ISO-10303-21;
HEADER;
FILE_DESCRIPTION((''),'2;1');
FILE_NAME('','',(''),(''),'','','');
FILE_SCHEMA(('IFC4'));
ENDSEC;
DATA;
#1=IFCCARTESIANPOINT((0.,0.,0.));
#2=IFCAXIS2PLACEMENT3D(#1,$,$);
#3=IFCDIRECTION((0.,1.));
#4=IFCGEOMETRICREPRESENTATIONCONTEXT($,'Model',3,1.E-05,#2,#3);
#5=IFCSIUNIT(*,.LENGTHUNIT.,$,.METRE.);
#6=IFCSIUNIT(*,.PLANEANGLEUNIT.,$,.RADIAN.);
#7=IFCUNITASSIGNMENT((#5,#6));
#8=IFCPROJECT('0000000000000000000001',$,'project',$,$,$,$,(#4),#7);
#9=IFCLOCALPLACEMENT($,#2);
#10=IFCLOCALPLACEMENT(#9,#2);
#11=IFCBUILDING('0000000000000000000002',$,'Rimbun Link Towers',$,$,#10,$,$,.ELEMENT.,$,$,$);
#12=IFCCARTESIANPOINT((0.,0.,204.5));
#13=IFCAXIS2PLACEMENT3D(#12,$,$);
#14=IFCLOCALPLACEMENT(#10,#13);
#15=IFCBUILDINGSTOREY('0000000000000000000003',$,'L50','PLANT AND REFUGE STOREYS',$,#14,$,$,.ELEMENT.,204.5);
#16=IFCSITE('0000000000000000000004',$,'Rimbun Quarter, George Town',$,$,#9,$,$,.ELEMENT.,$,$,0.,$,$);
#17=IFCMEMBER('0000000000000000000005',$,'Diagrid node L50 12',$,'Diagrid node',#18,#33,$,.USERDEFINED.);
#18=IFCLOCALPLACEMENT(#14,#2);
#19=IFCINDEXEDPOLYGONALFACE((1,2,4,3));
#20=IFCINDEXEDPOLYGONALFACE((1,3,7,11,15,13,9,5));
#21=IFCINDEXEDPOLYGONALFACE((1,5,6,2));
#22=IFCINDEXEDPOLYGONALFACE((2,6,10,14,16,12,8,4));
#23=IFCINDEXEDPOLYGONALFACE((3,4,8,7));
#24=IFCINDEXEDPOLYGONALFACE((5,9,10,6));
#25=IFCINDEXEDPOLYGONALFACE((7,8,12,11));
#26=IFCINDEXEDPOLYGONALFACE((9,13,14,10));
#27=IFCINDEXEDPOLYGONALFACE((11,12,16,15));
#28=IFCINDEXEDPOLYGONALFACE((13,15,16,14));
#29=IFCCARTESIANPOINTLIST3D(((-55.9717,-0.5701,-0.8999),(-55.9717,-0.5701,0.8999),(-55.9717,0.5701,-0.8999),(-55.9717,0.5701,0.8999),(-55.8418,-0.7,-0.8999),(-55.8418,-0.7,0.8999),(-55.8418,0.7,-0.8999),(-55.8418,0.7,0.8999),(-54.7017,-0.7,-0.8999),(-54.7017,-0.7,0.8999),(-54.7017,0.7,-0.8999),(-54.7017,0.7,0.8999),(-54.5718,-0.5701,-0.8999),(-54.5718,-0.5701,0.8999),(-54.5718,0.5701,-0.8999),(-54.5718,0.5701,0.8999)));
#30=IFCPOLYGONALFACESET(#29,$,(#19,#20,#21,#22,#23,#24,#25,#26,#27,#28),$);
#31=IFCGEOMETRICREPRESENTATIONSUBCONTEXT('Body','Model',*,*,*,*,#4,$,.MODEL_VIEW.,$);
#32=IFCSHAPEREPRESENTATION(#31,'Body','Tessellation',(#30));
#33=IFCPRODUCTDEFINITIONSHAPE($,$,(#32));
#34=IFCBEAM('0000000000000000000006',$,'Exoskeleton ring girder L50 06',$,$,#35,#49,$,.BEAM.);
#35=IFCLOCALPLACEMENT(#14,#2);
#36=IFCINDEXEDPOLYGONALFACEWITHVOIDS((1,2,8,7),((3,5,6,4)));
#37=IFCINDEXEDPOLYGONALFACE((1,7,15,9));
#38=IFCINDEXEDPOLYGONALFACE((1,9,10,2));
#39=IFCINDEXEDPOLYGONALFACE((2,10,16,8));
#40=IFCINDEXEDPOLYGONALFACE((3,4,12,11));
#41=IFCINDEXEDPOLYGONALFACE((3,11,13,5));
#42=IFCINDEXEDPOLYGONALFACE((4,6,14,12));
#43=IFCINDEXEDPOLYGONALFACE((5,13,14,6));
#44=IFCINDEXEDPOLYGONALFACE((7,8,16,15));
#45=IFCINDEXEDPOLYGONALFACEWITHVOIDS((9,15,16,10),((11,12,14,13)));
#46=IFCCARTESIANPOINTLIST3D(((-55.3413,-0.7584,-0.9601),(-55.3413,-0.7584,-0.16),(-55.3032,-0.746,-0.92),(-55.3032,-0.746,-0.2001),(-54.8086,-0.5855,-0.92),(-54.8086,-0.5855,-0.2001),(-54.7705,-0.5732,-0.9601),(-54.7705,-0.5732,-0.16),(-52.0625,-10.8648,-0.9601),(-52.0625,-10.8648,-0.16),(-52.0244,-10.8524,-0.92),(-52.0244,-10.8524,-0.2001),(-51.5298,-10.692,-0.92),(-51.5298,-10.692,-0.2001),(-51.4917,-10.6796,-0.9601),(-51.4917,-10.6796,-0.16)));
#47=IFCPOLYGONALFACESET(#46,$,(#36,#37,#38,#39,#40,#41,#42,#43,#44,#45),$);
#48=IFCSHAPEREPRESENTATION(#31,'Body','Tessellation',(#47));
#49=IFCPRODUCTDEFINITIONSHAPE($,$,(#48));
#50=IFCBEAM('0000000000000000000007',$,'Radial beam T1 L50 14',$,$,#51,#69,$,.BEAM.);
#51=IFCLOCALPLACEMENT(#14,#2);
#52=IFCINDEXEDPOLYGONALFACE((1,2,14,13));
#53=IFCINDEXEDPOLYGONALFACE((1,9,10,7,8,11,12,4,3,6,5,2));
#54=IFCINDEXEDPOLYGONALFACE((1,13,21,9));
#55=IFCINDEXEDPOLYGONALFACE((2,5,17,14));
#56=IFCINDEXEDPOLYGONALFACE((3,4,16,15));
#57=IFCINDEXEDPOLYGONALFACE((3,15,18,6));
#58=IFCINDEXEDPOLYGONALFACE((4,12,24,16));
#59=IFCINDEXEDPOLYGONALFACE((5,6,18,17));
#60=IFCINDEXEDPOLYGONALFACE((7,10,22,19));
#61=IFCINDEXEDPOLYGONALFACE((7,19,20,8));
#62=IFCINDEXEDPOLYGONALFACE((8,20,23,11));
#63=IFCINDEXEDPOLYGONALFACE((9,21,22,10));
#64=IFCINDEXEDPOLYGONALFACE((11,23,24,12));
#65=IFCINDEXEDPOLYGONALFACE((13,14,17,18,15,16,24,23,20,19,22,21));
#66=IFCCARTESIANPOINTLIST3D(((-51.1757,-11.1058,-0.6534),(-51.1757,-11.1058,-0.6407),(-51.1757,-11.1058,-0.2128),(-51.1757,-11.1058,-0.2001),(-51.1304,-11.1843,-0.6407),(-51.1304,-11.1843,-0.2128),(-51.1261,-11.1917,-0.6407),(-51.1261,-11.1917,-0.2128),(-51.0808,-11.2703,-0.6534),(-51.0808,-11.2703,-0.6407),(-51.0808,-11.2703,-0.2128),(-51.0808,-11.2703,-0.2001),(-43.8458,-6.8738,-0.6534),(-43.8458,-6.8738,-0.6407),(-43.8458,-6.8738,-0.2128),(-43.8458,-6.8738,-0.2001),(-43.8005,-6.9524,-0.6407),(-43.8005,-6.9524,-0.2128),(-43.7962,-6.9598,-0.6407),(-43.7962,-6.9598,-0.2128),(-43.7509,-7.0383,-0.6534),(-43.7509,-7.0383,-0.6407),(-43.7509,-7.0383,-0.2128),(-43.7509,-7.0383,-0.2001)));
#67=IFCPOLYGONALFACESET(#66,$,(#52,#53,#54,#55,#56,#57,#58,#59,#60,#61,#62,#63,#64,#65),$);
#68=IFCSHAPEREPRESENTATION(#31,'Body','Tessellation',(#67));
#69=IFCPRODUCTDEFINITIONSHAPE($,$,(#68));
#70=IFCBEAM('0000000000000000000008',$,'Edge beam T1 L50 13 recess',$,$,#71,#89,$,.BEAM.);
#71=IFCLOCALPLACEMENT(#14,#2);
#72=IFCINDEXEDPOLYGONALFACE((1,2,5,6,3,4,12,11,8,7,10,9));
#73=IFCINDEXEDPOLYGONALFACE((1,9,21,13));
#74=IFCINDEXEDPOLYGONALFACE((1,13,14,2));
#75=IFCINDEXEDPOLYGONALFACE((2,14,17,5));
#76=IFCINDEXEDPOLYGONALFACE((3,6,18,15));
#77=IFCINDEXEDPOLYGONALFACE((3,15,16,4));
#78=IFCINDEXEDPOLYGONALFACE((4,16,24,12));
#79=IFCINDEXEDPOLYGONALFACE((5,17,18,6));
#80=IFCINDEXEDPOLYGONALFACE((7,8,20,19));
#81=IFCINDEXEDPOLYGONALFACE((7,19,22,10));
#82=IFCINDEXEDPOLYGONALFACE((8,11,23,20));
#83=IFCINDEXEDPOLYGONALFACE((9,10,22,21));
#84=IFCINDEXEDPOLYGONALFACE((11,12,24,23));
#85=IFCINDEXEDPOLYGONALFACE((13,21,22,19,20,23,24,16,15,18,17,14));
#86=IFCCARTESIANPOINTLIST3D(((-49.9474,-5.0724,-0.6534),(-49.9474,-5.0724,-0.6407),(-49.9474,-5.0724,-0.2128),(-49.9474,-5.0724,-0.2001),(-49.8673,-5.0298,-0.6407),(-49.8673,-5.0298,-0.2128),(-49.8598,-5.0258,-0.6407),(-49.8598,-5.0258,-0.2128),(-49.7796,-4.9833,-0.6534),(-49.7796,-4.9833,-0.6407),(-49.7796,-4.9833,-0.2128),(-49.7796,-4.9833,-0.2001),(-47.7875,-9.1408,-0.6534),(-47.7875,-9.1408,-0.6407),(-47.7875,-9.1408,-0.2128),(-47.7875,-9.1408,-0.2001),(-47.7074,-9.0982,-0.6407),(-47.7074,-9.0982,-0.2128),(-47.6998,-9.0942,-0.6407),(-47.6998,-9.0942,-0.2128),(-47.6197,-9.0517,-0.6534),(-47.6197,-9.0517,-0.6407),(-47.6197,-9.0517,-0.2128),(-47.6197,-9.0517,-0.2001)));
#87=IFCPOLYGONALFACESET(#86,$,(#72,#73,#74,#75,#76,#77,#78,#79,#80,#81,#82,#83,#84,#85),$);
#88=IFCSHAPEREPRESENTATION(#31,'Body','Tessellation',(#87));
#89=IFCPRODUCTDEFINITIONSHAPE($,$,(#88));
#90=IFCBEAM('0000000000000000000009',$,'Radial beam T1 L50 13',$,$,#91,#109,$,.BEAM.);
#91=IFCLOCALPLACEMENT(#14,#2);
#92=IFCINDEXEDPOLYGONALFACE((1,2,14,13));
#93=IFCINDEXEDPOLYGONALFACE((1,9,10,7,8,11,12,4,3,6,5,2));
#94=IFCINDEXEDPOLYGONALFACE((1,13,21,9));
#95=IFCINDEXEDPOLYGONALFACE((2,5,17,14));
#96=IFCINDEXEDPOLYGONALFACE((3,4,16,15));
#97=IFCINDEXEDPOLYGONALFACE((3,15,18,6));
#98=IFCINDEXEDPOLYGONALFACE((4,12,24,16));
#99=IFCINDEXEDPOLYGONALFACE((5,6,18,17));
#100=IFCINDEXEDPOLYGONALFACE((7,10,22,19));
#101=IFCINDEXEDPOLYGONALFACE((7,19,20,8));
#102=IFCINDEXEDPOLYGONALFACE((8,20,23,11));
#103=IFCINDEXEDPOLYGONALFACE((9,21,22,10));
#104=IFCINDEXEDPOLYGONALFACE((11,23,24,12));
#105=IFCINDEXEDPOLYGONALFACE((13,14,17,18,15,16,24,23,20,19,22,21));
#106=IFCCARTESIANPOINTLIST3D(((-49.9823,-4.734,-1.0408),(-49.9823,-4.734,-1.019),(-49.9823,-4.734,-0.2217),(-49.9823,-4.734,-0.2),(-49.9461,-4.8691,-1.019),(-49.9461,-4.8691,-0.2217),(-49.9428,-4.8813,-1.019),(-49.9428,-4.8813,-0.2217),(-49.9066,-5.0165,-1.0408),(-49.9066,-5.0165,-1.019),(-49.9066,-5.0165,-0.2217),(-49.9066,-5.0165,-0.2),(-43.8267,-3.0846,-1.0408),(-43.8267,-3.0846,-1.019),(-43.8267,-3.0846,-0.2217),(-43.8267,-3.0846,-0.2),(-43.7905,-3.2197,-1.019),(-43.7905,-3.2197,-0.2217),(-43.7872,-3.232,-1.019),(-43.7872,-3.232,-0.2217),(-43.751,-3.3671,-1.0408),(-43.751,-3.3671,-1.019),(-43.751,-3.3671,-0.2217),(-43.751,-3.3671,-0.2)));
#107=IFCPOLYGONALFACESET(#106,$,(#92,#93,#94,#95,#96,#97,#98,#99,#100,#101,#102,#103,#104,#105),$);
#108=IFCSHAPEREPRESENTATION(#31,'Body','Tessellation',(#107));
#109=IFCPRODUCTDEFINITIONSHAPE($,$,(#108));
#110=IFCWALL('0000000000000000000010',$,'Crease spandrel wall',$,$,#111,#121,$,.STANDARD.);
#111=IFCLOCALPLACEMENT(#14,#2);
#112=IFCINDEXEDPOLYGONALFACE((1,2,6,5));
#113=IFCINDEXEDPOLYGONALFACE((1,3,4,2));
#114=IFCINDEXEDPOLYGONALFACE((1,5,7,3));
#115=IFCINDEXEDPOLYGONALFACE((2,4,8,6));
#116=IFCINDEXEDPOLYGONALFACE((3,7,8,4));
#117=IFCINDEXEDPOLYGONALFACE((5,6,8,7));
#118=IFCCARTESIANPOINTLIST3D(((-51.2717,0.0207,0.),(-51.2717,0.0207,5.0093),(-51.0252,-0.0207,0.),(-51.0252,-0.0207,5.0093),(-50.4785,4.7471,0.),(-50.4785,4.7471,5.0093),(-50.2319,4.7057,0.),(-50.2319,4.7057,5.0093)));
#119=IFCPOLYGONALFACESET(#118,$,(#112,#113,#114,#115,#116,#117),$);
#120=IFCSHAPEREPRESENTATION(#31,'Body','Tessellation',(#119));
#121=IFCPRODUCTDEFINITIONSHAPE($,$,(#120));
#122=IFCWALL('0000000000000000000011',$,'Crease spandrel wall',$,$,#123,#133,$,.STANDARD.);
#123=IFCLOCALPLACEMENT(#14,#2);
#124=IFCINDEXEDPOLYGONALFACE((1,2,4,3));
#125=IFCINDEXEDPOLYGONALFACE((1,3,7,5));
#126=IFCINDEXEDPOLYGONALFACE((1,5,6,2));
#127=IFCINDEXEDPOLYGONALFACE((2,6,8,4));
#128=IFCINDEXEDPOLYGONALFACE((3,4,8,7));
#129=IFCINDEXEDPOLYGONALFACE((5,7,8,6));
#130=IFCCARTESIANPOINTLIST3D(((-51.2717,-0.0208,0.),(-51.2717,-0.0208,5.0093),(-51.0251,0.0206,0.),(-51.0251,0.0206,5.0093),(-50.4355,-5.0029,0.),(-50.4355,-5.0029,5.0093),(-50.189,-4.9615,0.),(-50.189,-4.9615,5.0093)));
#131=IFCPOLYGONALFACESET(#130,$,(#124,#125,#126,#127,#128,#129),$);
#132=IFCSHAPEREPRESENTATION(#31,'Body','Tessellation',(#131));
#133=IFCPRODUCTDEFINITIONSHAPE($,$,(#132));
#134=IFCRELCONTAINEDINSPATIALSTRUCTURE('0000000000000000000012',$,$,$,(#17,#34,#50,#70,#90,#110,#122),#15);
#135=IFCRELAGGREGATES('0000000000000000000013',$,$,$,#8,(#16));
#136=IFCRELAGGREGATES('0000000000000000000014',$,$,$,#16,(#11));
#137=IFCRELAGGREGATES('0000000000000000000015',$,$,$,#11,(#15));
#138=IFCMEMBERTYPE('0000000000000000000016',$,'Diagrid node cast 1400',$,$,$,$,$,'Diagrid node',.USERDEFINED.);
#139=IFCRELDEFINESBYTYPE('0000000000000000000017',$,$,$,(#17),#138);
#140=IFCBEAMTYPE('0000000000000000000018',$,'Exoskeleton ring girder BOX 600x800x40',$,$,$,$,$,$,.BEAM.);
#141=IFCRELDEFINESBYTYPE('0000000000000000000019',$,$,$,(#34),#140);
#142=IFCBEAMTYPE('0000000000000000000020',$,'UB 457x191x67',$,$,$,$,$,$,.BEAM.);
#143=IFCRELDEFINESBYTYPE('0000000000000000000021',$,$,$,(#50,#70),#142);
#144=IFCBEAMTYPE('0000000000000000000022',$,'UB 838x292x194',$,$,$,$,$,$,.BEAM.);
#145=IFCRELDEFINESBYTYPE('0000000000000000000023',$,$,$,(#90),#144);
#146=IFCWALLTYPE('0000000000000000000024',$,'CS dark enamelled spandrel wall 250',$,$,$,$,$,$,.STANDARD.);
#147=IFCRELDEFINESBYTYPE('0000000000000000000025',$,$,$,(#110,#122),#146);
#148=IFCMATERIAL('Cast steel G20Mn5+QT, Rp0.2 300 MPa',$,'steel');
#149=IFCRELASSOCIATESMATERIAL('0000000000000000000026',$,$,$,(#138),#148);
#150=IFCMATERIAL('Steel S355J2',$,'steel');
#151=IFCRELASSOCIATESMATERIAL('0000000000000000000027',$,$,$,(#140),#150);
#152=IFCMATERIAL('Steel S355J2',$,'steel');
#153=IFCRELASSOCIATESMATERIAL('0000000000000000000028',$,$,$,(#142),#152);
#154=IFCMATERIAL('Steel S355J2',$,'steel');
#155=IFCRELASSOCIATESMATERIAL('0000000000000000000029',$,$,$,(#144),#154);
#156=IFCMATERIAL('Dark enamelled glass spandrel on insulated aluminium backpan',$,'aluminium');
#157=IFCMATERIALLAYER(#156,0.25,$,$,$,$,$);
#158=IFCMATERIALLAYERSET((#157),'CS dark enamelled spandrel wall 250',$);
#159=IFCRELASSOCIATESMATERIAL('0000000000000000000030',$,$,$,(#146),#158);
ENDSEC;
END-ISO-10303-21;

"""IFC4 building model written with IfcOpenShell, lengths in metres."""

from ifc_helpers import new_model, si_unit, direction, frame, frame_2d, origin, origin_2d, place, context, subcontext, project, spatial, polyline, rectangle, hollow_rectangle, i_section, outline, extrude, material, layer, layer_set, material_profile, profile_set, type_object, element, save


model = new_model("IFC4")

# Units and contexts
model_context = context("Model", 3, precision=1e-05, world=origin(), true_north=direction((0.0, 1.0)))
body_context = subcontext(model_context, "Body", "Model", "MODEL_VIEW")
ifc_project = project(units=[si_unit("LENGTHUNIT", "METRE"), si_unit("PLANEANGLEUNIT", "RADIAN")], contexts=[model_context])

# Site, building, storey
site_placement = place(None, origin())
site = spatial("IfcSite", under=ifc_project, at=site_placement, Name="Rimbun Quarter, George Town", CompositionType="ELEMENT", RefElevation=0.0)
building_placement = place(site_placement, origin())
building = spatial("IfcBuilding", under=site, at=building_placement, Name="Rimbun Link Towers", CompositionType="ELEMENT")
storey_placement = place(building_placement, frame((0.0, 0.0, 204.5)))
storey = spatial("IfcBuildingStorey", under=building, at=storey_placement, Name="L50", Description="PLANT AND REFUGE STOREYS", CompositionType="ELEMENT", Elevation=204.5)

# Member
ifc_material_1 = material(Name="Cast steel G20Mn5+QT, Rp0.2 300 MPa", Category="steel")
ifc_material_profile_1 = material_profile(ifc_material_1, outline(polyline([(0.7, -0.5701), (0.7, 0.5701), (0.5701, 0.7), (-0.5701, 0.7), (-0.7, 0.5701), (-0.7, -0.5701), (-0.5701, -0.7), (0.5701, -0.7), (0.7, -0.5701)])), Name="NODE 1400x1400")
ifc_profile_set_1 = profile_set([ifc_material_profile_1], Name="Cast steel G20Mn5+QT, Rp0.2 300 MPa")
member_type_1 = type_object("IfcMemberType", Name="Diagrid node cast 1400", ElementType="Diagrid node", PredefinedType="USERDEFINED", material=ifc_profile_set_1)
member_1_placement = place(storey_placement, frame((-55.2717, 0.0, -0.8999), z_axis=(0.0, 0.0, 1.0), x_axis=(-1.0, 0.0, 0.0)))
element("IfcMember", 1, at=member_1_placement, inside=storey, type_object=member_type_1, Name="Diagrid node L50 12", ObjectType="Diagrid node", PredefinedType="USERDEFINED", context=body_context, shape_type="SweptSolid", body=[
    extrude(outline(polyline([(0.7, -0.5701), (0.7, 0.5701), (0.5701, 0.7), (-0.5701, 0.7), (-0.7, 0.5701), (-0.7, -0.5701), (-0.5701, -0.7), (0.5701, -0.7), (0.7, -0.5701)])), origin(), (0.0, 0.0, 1.0), 1.7998),
])

# Beams
ifc_material_2 = material(Name="Steel S355J2", Category="steel")
ifc_material_profile_2 = material_profile(ifc_material_2, hollow_rectangle(XDim=0.6001, YDim=0.8, WallThickness=0.04, at=origin_2d()), Name="Exoskeleton ring girder BOX 600x800x40")
ifc_profile_set_2 = profile_set([ifc_material_profile_2], Name="Steel S355J2")
beam_type_1 = type_object("IfcBeamType", Name="Exoskeleton ring girder BOX 600x800x40", PredefinedType="BEAM", material=ifc_profile_set_2)
beam_1_placement = place(storey_placement, frame((-55.0559, -0.6658, -0.5601), z_axis=(0.308593, -0.951194, 0.0), x_axis=(0.951194, 0.308593, 0.0)))
element("IfcBeam", 2, at=beam_1_placement, inside=storey, type_object=beam_type_1, Name="Exoskeleton ring girder L50 06", PredefinedType="BEAM", context=body_context, shape_type="SweptSolid", body=[
    extrude(hollow_rectangle(XDim=0.6001, YDim=0.8, WallThickness=0.04, at=origin_2d()), origin(), (0.0, 0.0, 1.0), 10.625),
])
ifc_material_3 = material(Name="Steel S355J2", Category="steel")
ifc_material_profile_3 = material_profile(ifc_material_3, i_section(OverallWidth=0.1899, OverallDepth=0.4534, WebThickness=0.0085, FlangeThickness=0.0127, at=origin_2d()), Name="UB 457x191x67")
ifc_profile_set_3 = profile_set([ifc_material_profile_3], Name="Steel S355J2")
beam_type_2 = type_object("IfcBeamType", Name="UB 457x191x67", PredefinedType="BEAM", material=ifc_profile_set_3)
beam_2_placement = place(storey_placement, frame((-43.7983, -6.9561, -0.4268), z_axis=(-0.866023, -0.500005, 0.0), x_axis=(0.500005, -0.866023, 0.0)))
element("IfcBeam", 3, at=beam_2_placement, inside=storey, type_object=beam_type_2, Name="Radial beam T1 L50 14", PredefinedType="BEAM", context=body_context, shape_type="SweptSolid", body=[
    extrude(i_section(OverallWidth=0.1899, OverallDepth=0.4534, WebThickness=0.0085, FlangeThickness=0.0127, at=origin_2d()), origin(), (0.0, 0.0, 1.0), 8.4639),
])
beam_3_placement = place(storey_placement, frame((-49.8635, -5.0278, -0.4268), z_axis=(0.468918, -0.883242, 0.0), x_axis=(0.883242, 0.468918, 0.0)))
element("IfcBeam", 4, at=beam_3_placement, inside=storey, type_object=beam_type_2, Name="Edge beam T1 L50 13 recess", PredefinedType="BEAM", context=body_context, shape_type="SweptSolid", body=[
    extrude(i_section(OverallWidth=0.1899, OverallDepth=0.4534, WebThickness=0.0085, FlangeThickness=0.0127, at=origin_2d()), origin(), (0.0, 0.0, 1.0), 4.6062),
])
ifc_material_4 = material(Name="Steel S355J2", Category="steel")
ifc_material_profile_4 = material_profile(ifc_material_4, i_section(OverallWidth=0.2925, OverallDepth=0.8408, WebThickness=0.0127, FlangeThickness=0.0217, at=origin_2d()), Name="UB 838x292x194")
ifc_profile_set_4 = profile_set([ifc_material_profile_4], Name="Steel S355J2")
beam_type_3 = type_object("IfcBeamType", Name="UB 838x292x194", PredefinedType="BEAM", material=ifc_profile_set_4)
beam_4_placement = place(storey_placement, frame((-43.7888, -3.2258, -0.6204), z_axis=(-0.965927, -0.258817, 0.0), x_axis=(0.258817, -0.965927, 0.0)))
element("IfcBeam", 5, at=beam_4_placement, inside=storey, type_object=beam_type_3, Name="Radial beam T1 L50 13", PredefinedType="BEAM", context=body_context, shape_type="SweptSolid", body=[
    extrude(i_section(OverallWidth=0.2925, OverallDepth=0.8408, WebThickness=0.0127, FlangeThickness=0.0217, at=origin_2d()), origin(), (0.0, 0.0, 1.0), 6.3728),
])

# Walls
ifc_material_5 = material(Name="Dark enamelled glass spandrel on insulated aluminium backpan", Category="aluminium")
ifc_layer_1 = layer(ifc_material_5, 0.25)
ifc_layer_set_1 = layer_set([ifc_layer_1], Name="CS dark enamelled spandrel wall 250")
wall_type_1 = type_object("IfcWallType", Name="CS dark enamelled spandrel wall 250", PredefinedType="STANDARD", material=ifc_layer_set_1)
wall_1_placement = place(storey_placement, frame((-51.1484, 0.0, 0.0), z_axis=(0.0, 0.0, 1.0), x_axis=(0.165514, 0.986207, 0.0)))
element("IfcWall", 6, at=wall_1_placement, inside=storey, type_object=wall_type_1, Name="Crease spandrel wall", PredefinedType="STANDARD", context=body_context, shape_type="SweptSolid", body=[
    extrude(rectangle(XDim=4.7925, YDim=0.25, at=frame_2d((2.3962, 0.0))), origin(), (0.0, 0.0, 1.0), 5.0093),
])
wall_2_placement = place(storey_placement, frame((-50.3123, -4.9822, 0.0), z_axis=(0.0, 0.0, 1.0), x_axis=(-0.16552, 0.986207, 0.0)))
element("IfcWall", 7, at=wall_2_placement, inside=storey, type_object=wall_type_1, Name="Crease spandrel wall", PredefinedType="STANDARD", context=body_context, shape_type="SweptSolid", body=[
    extrude(rectangle(XDim=5.0518, YDim=0.25, at=frame_2d((2.5259, 0.0))), origin(), (0.0, 0.0, 1.0), 5.0093),
])

save(model, "model.ifc")
